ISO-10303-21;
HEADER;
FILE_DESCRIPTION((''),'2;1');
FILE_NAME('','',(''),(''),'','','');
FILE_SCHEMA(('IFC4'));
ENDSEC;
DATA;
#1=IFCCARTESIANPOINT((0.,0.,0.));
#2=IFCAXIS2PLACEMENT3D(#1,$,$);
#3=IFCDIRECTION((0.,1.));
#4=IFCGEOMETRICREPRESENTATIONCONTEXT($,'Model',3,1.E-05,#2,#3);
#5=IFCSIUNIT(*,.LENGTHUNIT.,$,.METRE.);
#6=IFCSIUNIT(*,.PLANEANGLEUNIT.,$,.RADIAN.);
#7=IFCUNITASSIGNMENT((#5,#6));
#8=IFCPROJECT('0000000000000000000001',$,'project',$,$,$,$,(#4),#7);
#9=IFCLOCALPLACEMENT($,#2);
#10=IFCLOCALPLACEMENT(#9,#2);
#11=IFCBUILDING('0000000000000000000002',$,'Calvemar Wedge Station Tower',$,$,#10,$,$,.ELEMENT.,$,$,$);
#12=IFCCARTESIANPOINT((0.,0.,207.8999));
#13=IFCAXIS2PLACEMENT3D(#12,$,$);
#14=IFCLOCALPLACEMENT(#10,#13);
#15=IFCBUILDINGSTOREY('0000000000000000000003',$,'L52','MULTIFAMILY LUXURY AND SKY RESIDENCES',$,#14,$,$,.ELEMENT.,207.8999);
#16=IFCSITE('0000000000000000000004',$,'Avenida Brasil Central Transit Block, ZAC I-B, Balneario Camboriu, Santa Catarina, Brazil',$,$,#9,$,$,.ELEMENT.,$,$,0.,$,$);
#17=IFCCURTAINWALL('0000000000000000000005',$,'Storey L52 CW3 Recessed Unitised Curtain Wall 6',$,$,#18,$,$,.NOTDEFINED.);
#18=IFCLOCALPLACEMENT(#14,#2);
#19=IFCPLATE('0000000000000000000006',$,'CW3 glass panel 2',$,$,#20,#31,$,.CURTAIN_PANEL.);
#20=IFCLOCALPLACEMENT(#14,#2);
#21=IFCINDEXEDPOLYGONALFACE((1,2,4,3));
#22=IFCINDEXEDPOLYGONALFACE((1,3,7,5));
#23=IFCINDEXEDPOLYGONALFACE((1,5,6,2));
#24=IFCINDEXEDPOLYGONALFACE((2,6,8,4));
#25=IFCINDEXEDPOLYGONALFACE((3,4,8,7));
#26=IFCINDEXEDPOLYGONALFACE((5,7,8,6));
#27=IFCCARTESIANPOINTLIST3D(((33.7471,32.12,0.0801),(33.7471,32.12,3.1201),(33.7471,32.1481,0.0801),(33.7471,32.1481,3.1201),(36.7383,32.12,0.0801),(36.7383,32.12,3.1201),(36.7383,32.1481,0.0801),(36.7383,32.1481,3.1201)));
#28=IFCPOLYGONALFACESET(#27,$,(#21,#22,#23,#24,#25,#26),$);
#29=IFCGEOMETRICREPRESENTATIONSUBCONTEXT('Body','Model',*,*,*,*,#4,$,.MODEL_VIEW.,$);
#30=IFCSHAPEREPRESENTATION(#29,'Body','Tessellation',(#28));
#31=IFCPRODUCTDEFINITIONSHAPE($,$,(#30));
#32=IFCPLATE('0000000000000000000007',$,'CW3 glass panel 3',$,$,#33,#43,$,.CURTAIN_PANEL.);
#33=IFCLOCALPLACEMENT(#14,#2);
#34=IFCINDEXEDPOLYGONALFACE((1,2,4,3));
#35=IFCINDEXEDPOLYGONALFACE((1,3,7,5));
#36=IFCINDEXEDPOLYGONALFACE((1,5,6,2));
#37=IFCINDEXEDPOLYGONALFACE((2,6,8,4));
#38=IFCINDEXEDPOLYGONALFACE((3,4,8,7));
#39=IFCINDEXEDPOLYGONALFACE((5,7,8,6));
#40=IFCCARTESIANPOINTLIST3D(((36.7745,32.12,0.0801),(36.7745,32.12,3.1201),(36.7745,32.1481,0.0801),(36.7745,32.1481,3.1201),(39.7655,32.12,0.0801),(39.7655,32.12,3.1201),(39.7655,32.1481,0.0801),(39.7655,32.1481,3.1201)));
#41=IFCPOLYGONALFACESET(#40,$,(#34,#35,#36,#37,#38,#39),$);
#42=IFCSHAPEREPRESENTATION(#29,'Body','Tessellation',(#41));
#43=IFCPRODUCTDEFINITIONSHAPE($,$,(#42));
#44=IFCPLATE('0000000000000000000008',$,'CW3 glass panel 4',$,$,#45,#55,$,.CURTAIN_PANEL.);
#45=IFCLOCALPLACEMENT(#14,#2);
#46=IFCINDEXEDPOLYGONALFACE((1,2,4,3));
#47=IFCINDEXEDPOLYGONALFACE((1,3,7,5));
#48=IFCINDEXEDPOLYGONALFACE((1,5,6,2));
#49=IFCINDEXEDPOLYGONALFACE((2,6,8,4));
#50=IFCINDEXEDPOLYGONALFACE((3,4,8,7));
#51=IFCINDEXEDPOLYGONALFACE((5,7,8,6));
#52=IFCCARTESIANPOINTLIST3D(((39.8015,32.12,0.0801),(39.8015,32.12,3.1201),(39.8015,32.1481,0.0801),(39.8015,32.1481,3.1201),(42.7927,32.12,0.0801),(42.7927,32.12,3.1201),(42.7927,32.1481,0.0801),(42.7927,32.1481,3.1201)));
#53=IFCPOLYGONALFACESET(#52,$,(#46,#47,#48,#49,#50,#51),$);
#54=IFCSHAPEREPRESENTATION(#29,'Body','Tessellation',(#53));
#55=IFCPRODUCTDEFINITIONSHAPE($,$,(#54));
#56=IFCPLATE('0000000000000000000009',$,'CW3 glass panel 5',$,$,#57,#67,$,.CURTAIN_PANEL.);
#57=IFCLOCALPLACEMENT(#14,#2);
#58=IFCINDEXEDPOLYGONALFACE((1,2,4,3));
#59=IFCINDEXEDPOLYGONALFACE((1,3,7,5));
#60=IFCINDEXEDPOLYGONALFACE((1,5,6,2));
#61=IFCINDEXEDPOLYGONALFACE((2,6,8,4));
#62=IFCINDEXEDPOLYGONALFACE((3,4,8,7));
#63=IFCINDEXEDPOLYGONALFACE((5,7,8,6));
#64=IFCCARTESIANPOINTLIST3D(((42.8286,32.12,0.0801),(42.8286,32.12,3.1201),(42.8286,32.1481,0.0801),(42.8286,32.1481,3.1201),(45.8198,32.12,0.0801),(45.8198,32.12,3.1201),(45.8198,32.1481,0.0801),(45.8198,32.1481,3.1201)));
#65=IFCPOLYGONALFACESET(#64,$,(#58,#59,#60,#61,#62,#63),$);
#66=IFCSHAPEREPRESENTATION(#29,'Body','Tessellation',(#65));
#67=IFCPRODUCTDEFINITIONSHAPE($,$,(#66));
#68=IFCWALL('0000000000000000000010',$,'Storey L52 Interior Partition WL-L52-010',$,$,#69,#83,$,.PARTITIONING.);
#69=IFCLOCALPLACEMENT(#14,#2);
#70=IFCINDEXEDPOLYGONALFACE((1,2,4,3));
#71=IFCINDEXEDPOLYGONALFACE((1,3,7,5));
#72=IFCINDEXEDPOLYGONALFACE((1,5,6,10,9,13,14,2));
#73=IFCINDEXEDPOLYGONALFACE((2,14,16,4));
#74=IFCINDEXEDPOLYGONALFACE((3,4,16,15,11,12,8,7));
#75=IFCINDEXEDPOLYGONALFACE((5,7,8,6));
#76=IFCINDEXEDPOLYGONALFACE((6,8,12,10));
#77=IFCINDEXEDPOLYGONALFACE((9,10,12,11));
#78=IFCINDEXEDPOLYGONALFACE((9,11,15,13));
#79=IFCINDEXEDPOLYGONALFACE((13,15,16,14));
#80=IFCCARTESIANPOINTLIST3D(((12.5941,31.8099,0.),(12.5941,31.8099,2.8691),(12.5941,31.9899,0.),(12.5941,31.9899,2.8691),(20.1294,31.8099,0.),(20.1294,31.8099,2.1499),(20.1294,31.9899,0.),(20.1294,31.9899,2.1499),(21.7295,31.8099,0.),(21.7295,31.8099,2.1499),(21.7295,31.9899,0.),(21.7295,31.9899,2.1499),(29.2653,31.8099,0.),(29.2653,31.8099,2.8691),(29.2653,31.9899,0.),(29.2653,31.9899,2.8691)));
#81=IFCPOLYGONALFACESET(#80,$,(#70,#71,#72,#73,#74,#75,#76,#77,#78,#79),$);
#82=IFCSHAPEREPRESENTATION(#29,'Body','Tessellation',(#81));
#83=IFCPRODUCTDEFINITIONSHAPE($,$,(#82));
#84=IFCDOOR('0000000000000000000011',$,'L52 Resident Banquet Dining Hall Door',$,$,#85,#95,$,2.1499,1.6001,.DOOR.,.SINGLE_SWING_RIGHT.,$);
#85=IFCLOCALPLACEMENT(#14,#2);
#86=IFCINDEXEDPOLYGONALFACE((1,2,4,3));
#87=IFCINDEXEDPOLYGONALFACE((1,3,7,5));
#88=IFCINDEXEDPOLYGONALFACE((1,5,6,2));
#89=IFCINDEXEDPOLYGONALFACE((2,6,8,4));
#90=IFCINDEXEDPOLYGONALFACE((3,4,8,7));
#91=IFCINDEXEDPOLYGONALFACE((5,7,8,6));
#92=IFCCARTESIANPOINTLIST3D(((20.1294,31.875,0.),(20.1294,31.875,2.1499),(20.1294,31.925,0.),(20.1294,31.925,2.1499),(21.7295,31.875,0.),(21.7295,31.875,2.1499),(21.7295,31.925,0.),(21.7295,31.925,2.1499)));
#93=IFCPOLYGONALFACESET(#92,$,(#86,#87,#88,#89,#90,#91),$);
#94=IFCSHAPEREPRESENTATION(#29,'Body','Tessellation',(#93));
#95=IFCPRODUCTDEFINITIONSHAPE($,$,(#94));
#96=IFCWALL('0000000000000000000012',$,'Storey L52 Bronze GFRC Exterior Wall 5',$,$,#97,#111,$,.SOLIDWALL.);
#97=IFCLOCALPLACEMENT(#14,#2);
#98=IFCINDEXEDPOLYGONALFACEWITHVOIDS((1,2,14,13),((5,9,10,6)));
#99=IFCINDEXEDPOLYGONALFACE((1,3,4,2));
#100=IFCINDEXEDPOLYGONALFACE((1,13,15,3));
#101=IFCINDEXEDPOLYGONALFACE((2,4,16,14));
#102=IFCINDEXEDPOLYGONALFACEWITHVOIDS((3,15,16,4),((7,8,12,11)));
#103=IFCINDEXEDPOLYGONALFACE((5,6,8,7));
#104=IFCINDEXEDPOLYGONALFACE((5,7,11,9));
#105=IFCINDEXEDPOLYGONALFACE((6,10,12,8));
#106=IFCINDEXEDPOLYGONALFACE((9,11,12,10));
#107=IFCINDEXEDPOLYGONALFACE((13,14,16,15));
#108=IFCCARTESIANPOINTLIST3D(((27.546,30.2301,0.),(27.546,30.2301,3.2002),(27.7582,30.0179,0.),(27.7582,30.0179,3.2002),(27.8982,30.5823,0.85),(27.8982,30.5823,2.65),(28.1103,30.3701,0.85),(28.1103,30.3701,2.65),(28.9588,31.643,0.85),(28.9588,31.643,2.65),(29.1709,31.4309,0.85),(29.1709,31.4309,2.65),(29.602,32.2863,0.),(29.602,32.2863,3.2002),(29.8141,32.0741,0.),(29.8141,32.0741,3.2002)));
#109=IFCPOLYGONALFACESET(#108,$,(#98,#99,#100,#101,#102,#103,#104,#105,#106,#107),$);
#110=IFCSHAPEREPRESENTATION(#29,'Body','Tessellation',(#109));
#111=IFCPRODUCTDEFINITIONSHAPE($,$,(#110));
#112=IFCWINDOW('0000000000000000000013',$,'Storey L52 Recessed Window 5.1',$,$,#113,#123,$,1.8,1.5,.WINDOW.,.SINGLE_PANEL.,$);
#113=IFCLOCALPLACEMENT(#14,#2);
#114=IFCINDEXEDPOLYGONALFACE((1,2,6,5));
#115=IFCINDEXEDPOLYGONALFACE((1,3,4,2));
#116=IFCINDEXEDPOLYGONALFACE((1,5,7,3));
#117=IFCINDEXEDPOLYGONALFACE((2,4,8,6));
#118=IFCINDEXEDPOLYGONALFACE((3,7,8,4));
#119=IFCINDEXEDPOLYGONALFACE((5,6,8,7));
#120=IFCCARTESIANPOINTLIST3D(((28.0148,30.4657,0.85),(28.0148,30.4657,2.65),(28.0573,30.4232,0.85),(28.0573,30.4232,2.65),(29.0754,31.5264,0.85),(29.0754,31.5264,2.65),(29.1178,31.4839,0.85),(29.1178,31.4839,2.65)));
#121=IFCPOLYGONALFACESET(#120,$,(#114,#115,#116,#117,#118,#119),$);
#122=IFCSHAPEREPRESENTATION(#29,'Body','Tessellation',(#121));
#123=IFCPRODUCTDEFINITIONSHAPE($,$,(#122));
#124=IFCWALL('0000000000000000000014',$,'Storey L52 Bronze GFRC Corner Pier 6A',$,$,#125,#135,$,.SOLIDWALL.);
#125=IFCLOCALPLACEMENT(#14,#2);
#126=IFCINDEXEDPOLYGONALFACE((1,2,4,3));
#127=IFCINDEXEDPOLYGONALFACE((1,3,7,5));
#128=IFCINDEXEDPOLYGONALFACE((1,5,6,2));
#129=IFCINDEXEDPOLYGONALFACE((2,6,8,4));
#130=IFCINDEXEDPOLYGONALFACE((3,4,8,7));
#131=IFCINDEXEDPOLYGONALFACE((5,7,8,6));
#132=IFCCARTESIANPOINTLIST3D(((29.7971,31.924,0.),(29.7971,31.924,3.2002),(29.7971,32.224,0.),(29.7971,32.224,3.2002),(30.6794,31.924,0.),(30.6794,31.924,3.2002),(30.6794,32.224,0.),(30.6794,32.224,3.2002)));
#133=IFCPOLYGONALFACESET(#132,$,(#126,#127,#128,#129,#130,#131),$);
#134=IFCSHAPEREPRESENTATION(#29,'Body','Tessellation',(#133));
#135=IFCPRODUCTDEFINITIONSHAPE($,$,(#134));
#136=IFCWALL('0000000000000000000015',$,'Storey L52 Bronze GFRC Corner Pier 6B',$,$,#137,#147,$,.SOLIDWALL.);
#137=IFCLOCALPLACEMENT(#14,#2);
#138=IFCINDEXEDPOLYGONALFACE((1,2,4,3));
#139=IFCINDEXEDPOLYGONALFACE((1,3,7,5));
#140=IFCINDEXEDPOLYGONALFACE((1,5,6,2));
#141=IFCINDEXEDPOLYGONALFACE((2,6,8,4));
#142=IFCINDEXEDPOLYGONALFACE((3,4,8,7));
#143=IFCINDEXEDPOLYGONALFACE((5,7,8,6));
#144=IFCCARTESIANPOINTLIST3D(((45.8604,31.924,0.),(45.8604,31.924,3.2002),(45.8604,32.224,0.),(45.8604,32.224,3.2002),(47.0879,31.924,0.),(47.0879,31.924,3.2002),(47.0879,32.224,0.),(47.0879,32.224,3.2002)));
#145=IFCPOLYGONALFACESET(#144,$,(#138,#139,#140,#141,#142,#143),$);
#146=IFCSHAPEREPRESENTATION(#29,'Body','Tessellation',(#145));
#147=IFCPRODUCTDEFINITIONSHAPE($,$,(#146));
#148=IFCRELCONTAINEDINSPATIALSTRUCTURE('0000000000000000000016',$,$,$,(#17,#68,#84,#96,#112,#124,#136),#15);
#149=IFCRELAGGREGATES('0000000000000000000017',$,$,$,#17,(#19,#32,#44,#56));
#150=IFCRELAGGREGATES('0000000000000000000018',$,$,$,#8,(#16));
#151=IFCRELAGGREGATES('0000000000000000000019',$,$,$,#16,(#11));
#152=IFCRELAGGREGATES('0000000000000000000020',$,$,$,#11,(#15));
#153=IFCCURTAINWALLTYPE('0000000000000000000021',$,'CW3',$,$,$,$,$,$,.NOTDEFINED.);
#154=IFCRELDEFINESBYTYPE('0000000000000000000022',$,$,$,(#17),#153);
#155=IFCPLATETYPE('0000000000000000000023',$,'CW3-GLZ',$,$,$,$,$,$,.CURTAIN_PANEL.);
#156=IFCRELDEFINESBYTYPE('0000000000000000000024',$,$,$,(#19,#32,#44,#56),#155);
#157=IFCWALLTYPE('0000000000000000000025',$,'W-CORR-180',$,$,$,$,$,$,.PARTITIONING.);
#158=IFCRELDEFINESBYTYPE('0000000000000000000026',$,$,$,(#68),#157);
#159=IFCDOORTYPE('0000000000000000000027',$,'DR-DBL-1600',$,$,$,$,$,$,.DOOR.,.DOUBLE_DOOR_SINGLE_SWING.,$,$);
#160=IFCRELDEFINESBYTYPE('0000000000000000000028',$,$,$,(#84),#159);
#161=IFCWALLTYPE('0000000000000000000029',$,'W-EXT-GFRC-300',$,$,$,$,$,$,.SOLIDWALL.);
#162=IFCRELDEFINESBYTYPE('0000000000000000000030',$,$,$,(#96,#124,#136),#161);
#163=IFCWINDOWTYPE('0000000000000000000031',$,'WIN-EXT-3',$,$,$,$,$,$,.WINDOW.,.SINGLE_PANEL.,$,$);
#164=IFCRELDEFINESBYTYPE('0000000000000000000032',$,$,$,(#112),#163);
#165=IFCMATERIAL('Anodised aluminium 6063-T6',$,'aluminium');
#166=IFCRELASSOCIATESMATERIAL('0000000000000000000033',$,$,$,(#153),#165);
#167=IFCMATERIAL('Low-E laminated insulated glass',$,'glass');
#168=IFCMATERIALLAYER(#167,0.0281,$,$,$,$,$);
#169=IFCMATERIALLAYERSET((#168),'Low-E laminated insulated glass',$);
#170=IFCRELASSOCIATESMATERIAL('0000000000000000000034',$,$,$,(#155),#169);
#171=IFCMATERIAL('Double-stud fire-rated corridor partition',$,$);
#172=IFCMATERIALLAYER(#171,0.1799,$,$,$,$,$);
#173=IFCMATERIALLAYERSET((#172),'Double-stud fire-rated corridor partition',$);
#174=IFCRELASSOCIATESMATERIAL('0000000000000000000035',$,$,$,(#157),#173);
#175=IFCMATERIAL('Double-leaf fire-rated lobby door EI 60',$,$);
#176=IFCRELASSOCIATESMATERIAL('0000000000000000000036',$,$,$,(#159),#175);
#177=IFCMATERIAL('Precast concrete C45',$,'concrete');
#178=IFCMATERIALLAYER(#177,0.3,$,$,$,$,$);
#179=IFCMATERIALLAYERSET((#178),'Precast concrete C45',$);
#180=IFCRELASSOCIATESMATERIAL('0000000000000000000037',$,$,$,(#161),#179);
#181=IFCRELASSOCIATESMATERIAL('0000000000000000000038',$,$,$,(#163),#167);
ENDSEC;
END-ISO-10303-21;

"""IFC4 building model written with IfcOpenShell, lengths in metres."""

from ifc_helpers import new_model, si_unit, direction, frame, frame_2d, origin, place, context, subcontext, project, spatial, rectangle, extrude, source, transform, mapped, material, layer, layer_set, type_object, element, fill, aggregate, save


model = new_model("IFC4")

# Units and contexts
model_context = context("Model", 3, precision=1e-05, world=origin(), true_north=direction((0.0, 1.0)))
body_context = subcontext(model_context, "Body", "Model", "MODEL_VIEW")
ifc_project = project(units=[si_unit("LENGTHUNIT", "METRE"), si_unit("PLANEANGLEUNIT", "RADIAN")], contexts=[model_context])

# Site, building, storey
site_placement = place(None, origin())
site = spatial("IfcSite", under=ifc_project, at=site_placement, Name="Avenida Brasil Central Transit Block, ZAC I-B, Balneario Camboriu, Santa Catarina, Brazil", CompositionType="ELEMENT", RefElevation=0.0)
building_placement = place(site_placement, origin())
building = spatial("IfcBuilding", under=site, at=building_placement, Name="Calvemar Wedge Station Tower", CompositionType="ELEMENT")
storey_placement = place(building_placement, frame((0.0, 0.0, 207.8999)))
storey = spatial("IfcBuildingStorey", under=building, at=storey_placement, Name="L52", Description="MULTIFAMILY LUXURY AND SKY RESIDENCES", CompositionType="ELEMENT", Elevation=207.8999)

# Curtain wall, plates
ifc_material_1 = material(Name="Anodised aluminium 6063-T6", Category="aluminium")
curtain_wall_type = type_object("IfcCurtainWallType", Name="CW3", PredefinedType="NOTDEFINED", material=ifc_material_1)
curtain_wall_placement = place(storey_placement, origin())
curtain_wall = element("IfcCurtainWall", 1, at=curtain_wall_placement, inside=storey, type_object=curtain_wall_type, Name="Storey L52 CW3 Recessed Unitised Curtain Wall 6", PredefinedType="NOTDEFINED")
ifc_material_2 = material(Name="Low-E laminated insulated glass", Category="glass")
ifc_layer_1 = layer(ifc_material_2, 0.0281)
ifc_layer_set_1 = layer_set([ifc_layer_1], Name="Low-E laminated insulated glass")
plate_type = type_object("IfcPlateType", Name="CW3-GLZ", PredefinedType="CURTAIN_PANEL", material=ifc_layer_set_1)
plate_1_placement = place(storey_placement, frame((33.7471, 32.134, 0.0801), z_axis=(0.0, 0.0, 1.0), x_axis=(1.0, 0.0, 0.0)))
plate_1 = element("IfcPlate", 2, at=plate_1_placement, type_object=plate_type, Name="CW3 glass panel 2", PredefinedType="CURTAIN_PANEL", context=body_context, shape_type="SweptSolid", body=[
    extrude(rectangle(XDim=2.9912, YDim=0.0281, at=frame_2d((1.4956, 0.0))), origin(), (0.0, 0.0, 1.0), 3.04),
])
plate_2_placement = place(storey_placement, frame((36.7744, 32.134, 0.0801), z_axis=(0.0, 0.0, 1.0), x_axis=(1.0, 0.0, 0.0)))
plate_2 = element("IfcPlate", 3, at=plate_2_placement, type_object=plate_type, Name="CW3 glass panel 3", PredefinedType="CURTAIN_PANEL", context=body_context, shape_type="SweptSolid", body=[
    extrude(rectangle(XDim=2.991, YDim=0.0281, at=frame_2d((1.4956, 0.0))), origin(), (0.0, 0.0, 1.0), 3.04),
])
plate_3_placement = place(storey_placement, frame((39.8015, 32.134, 0.0801), z_axis=(0.0, 0.0, 1.0), x_axis=(1.0, 0.0, 0.0)))
plate_3 = element("IfcPlate", 4, at=plate_3_placement, type_object=plate_type, Name="CW3 glass panel 4", PredefinedType="CURTAIN_PANEL", context=body_context, shape_type="SweptSolid", body=[
    extrude(rectangle(XDim=2.9912, YDim=0.0281, at=frame_2d((1.4956, 0.0))), origin(), (0.0, 0.0, 1.0), 3.04),
])
plate_4_placement = place(storey_placement, frame((42.8286, 32.134, 0.0801), z_axis=(0.0, 0.0, 1.0), x_axis=(1.0, 0.0, 0.0)))
plate_4 = element("IfcPlate", 5, at=plate_4_placement, type_object=plate_type, Name="CW3 glass panel 5", PredefinedType="CURTAIN_PANEL", context=body_context, shape_type="SweptSolid", body=[
    extrude(rectangle(XDim=2.9912, YDim=0.0281, at=frame_2d((1.4956, 0.0))), origin(), (0.0, 0.0, 1.0), 3.04),
])
aggregate(curtain_wall, [plate_1, plate_2, plate_3, plate_4])

# Wall, opening, door
ifc_material_3 = material(Name="Double-stud fire-rated corridor partition")
ifc_layer_2 = layer(ifc_material_3, 0.1799)
ifc_layer_set_2 = layer_set([ifc_layer_2], Name="Double-stud fire-rated corridor partition")
wall_type_1 = type_object("IfcWallType", Name="W-CORR-180", PredefinedType="PARTITIONING", material=ifc_layer_set_2)
wall_1_placement = place(storey_placement, frame((29.2651, 31.8999, 0.0), z_axis=(0.0, 0.0, 1.0), x_axis=(-1.0, 0.0, 0.0)))
wall_1 = element("IfcWall", 6, at=wall_1_placement, inside=storey, type_object=wall_type_1, Name="Storey L52 Interior Partition WL-L52-010", PredefinedType="PARTITIONING", context=body_context, shape_type="SweptSolid", body=[
    extrude(rectangle(XDim=16.6711, YDim=0.1799, at=frame_2d((8.3354, 0.0))), origin(), (0.0, 0.0, 1.0), 2.8691),
])
shared_shape_1 = source(origin(), body_context, "Body", "SweptSolid", [
    extrude(rectangle(XDim=1.6001, YDim=2.1499, at=frame_2d((0.8, 1.075))), frame((0.0, 0.1001, 0.0), z_axis=(0.0, -1.0, 0.0), x_axis=(1.0, 0.0, 0.0)), (0.0, 0.0, 1.0), 0.2),
])
opening_1_placement = place(wall_1_placement, frame((7.5356, 0.0, 0.0)))
opening_1 = element("IfcOpeningElement", 7, at=opening_1_placement, cuts=wall_1, PredefinedType="OPENING", context=body_context, shape_type="MappedRepresentation", body=[
    mapped(shared_shape_1, transform((0.0, 0.0, 0.0), scale=1.0)),
])
ifc_material_4 = material(Name="Double-leaf fire-rated lobby door EI 60")
door_type_1 = type_object("IfcDoorType", Name="DR-DBL-1600", OperationType="DOUBLE_DOOR_SINGLE_SWING", PredefinedType="DOOR", material=ifc_material_4)
shared_shape_2 = source(origin(), body_context, "Body", "SweptSolid", [
    extrude(rectangle(XDim=1.6001, YDim=2.1499, at=frame_2d((0.8, 1.075))), frame((0.0, 0.0249, 0.0), z_axis=(0.0, -1.0, 0.0), x_axis=(1.0, 0.0, 0.0)), (0.0, 0.0, 1.0), 0.05),
])
door_1_placement = place(opening_1_placement, origin())
door_1 = element("IfcDoor", 8, at=door_1_placement, inside=storey, type_object=door_type_1, Name="L52 Resident Banquet Dining Hall Door", OperationType="SINGLE_SWING_RIGHT", OverallHeight=2.1499, OverallWidth=1.6001, PredefinedType="DOOR", context=body_context, shape_type="MappedRepresentation", body=[
    mapped(shared_shape_2, transform((0.0, 0.0, 0.0), scale=1.0)),
])
fill(opening_1, door_1)

# Wall, opening, window
ifc_material_5 = material(Name="Precast concrete C45", Category="concrete")
ifc_layer_3 = layer(ifc_material_5, 0.3)
ifc_layer_set_3 = layer_set([ifc_layer_3], Name="Precast concrete C45")
wall_type_2 = type_object("IfcWallType", Name="W-EXT-GFRC-300", PredefinedType="SOLIDWALL", material=ifc_layer_set_3)
wall_2_placement = place(storey_placement, frame((27.6521, 30.124, 0.0), z_axis=(0.0, 0.0, 1.0), x_axis=(0.707065, 0.707149, 0.0)))
wall_2 = element("IfcWall", 9, at=wall_2_placement, inside=storey, type_object=wall_type_2, Name="Storey L52 Bronze GFRC Exterior Wall 5", PredefinedType="SOLIDWALL", context=body_context, shape_type="SweptSolid", body=[
    extrude(rectangle(XDim=2.9077, YDim=0.3, at=frame_2d((1.4539, 0.0))), origin(), (0.0, 0.0, 1.0), 3.2002),
])
shared_shape_3 = source(origin(), body_context, "Body", "SweptSolid", [
    extrude(rectangle(XDim=1.5, YDim=1.8, at=frame_2d((0.75, 0.8999))), frame((0.0, 0.1602, 0.0), z_axis=(0.0, -1.0, 0.0), x_axis=(1.0, 0.0, 0.0)), (0.0, 0.0, 1.0), 0.3201),
])
opening_2_placement = place(wall_2_placement, frame((0.498, 0.0, 0.8501)))
opening_2 = element("IfcOpeningElement", 10, at=opening_2_placement, cuts=wall_2, PredefinedType="OPENING", context=body_context, shape_type="MappedRepresentation", body=[
    mapped(shared_shape_3, transform((0.0, 0.0, 0.0), scale=1.0)),
])
window_type_1 = type_object("IfcWindowType", Name="WIN-EXT-3", PartitioningType="SINGLE_PANEL", PredefinedType="WINDOW", material=ifc_material_2)
shared_shape_4 = source(origin(), body_context, "Body", "SweptSolid", [
    extrude(rectangle(XDim=1.5, YDim=1.8, at=frame_2d((0.75, 0.8999))), frame((0.0, -0.0149, 0.0), z_axis=(0.0, -1.0, 0.0), x_axis=(1.0, 0.0, 0.0)), (0.0, 0.0, 1.0), 0.0601),
])
window_1_placement = place(opening_2_placement, origin())
window_1 = element("IfcWindow", 11, at=window_1_placement, inside=storey, type_object=window_type_1, Name="Storey L52 Recessed Window 5.1", OverallHeight=1.8, OverallWidth=1.5, PartitioningType="SINGLE_PANEL", PredefinedType="WINDOW", context=body_context, shape_type="MappedRepresentation", body=[
    mapped(shared_shape_4, transform((0.0, 0.0, 0.0), scale=1.0)),
])
fill(opening_2, window_1)

# Walls
wall_3_placement = place(storey_placement, frame((29.7971, 32.074, 0.0), z_axis=(0.0, 0.0, 1.0), x_axis=(1.0, 0.0, 0.0)))
element("IfcWall", 12, at=wall_3_placement, inside=storey, type_object=wall_type_2, Name="Storey L52 Bronze GFRC Corner Pier 6A", PredefinedType="SOLIDWALL", context=body_context, shape_type="SweptSolid", body=[
    extrude(rectangle(XDim=0.8823, YDim=0.3, at=frame_2d((0.4412, 0.0))), origin(), (0.0, 0.0, 1.0), 3.2002),
])
wall_4_placement = place(storey_placement, frame((45.8604, 32.074, 0.0), z_axis=(0.0, 0.0, 1.0), x_axis=(1.0, 0.0, 0.0)))
element("IfcWall", 13, at=wall_4_placement, inside=storey, type_object=wall_type_2, Name="Storey L52 Bronze GFRC Corner Pier 6B", PredefinedType="SOLIDWALL", context=body_context, shape_type="SweptSolid", body=[
    extrude(rectangle(XDim=1.2275, YDim=0.3, at=frame_2d((0.6138, 0.0))), origin(), (0.0, 0.0, 1.0), 3.2002),
])

save(model, "model.ifc")
